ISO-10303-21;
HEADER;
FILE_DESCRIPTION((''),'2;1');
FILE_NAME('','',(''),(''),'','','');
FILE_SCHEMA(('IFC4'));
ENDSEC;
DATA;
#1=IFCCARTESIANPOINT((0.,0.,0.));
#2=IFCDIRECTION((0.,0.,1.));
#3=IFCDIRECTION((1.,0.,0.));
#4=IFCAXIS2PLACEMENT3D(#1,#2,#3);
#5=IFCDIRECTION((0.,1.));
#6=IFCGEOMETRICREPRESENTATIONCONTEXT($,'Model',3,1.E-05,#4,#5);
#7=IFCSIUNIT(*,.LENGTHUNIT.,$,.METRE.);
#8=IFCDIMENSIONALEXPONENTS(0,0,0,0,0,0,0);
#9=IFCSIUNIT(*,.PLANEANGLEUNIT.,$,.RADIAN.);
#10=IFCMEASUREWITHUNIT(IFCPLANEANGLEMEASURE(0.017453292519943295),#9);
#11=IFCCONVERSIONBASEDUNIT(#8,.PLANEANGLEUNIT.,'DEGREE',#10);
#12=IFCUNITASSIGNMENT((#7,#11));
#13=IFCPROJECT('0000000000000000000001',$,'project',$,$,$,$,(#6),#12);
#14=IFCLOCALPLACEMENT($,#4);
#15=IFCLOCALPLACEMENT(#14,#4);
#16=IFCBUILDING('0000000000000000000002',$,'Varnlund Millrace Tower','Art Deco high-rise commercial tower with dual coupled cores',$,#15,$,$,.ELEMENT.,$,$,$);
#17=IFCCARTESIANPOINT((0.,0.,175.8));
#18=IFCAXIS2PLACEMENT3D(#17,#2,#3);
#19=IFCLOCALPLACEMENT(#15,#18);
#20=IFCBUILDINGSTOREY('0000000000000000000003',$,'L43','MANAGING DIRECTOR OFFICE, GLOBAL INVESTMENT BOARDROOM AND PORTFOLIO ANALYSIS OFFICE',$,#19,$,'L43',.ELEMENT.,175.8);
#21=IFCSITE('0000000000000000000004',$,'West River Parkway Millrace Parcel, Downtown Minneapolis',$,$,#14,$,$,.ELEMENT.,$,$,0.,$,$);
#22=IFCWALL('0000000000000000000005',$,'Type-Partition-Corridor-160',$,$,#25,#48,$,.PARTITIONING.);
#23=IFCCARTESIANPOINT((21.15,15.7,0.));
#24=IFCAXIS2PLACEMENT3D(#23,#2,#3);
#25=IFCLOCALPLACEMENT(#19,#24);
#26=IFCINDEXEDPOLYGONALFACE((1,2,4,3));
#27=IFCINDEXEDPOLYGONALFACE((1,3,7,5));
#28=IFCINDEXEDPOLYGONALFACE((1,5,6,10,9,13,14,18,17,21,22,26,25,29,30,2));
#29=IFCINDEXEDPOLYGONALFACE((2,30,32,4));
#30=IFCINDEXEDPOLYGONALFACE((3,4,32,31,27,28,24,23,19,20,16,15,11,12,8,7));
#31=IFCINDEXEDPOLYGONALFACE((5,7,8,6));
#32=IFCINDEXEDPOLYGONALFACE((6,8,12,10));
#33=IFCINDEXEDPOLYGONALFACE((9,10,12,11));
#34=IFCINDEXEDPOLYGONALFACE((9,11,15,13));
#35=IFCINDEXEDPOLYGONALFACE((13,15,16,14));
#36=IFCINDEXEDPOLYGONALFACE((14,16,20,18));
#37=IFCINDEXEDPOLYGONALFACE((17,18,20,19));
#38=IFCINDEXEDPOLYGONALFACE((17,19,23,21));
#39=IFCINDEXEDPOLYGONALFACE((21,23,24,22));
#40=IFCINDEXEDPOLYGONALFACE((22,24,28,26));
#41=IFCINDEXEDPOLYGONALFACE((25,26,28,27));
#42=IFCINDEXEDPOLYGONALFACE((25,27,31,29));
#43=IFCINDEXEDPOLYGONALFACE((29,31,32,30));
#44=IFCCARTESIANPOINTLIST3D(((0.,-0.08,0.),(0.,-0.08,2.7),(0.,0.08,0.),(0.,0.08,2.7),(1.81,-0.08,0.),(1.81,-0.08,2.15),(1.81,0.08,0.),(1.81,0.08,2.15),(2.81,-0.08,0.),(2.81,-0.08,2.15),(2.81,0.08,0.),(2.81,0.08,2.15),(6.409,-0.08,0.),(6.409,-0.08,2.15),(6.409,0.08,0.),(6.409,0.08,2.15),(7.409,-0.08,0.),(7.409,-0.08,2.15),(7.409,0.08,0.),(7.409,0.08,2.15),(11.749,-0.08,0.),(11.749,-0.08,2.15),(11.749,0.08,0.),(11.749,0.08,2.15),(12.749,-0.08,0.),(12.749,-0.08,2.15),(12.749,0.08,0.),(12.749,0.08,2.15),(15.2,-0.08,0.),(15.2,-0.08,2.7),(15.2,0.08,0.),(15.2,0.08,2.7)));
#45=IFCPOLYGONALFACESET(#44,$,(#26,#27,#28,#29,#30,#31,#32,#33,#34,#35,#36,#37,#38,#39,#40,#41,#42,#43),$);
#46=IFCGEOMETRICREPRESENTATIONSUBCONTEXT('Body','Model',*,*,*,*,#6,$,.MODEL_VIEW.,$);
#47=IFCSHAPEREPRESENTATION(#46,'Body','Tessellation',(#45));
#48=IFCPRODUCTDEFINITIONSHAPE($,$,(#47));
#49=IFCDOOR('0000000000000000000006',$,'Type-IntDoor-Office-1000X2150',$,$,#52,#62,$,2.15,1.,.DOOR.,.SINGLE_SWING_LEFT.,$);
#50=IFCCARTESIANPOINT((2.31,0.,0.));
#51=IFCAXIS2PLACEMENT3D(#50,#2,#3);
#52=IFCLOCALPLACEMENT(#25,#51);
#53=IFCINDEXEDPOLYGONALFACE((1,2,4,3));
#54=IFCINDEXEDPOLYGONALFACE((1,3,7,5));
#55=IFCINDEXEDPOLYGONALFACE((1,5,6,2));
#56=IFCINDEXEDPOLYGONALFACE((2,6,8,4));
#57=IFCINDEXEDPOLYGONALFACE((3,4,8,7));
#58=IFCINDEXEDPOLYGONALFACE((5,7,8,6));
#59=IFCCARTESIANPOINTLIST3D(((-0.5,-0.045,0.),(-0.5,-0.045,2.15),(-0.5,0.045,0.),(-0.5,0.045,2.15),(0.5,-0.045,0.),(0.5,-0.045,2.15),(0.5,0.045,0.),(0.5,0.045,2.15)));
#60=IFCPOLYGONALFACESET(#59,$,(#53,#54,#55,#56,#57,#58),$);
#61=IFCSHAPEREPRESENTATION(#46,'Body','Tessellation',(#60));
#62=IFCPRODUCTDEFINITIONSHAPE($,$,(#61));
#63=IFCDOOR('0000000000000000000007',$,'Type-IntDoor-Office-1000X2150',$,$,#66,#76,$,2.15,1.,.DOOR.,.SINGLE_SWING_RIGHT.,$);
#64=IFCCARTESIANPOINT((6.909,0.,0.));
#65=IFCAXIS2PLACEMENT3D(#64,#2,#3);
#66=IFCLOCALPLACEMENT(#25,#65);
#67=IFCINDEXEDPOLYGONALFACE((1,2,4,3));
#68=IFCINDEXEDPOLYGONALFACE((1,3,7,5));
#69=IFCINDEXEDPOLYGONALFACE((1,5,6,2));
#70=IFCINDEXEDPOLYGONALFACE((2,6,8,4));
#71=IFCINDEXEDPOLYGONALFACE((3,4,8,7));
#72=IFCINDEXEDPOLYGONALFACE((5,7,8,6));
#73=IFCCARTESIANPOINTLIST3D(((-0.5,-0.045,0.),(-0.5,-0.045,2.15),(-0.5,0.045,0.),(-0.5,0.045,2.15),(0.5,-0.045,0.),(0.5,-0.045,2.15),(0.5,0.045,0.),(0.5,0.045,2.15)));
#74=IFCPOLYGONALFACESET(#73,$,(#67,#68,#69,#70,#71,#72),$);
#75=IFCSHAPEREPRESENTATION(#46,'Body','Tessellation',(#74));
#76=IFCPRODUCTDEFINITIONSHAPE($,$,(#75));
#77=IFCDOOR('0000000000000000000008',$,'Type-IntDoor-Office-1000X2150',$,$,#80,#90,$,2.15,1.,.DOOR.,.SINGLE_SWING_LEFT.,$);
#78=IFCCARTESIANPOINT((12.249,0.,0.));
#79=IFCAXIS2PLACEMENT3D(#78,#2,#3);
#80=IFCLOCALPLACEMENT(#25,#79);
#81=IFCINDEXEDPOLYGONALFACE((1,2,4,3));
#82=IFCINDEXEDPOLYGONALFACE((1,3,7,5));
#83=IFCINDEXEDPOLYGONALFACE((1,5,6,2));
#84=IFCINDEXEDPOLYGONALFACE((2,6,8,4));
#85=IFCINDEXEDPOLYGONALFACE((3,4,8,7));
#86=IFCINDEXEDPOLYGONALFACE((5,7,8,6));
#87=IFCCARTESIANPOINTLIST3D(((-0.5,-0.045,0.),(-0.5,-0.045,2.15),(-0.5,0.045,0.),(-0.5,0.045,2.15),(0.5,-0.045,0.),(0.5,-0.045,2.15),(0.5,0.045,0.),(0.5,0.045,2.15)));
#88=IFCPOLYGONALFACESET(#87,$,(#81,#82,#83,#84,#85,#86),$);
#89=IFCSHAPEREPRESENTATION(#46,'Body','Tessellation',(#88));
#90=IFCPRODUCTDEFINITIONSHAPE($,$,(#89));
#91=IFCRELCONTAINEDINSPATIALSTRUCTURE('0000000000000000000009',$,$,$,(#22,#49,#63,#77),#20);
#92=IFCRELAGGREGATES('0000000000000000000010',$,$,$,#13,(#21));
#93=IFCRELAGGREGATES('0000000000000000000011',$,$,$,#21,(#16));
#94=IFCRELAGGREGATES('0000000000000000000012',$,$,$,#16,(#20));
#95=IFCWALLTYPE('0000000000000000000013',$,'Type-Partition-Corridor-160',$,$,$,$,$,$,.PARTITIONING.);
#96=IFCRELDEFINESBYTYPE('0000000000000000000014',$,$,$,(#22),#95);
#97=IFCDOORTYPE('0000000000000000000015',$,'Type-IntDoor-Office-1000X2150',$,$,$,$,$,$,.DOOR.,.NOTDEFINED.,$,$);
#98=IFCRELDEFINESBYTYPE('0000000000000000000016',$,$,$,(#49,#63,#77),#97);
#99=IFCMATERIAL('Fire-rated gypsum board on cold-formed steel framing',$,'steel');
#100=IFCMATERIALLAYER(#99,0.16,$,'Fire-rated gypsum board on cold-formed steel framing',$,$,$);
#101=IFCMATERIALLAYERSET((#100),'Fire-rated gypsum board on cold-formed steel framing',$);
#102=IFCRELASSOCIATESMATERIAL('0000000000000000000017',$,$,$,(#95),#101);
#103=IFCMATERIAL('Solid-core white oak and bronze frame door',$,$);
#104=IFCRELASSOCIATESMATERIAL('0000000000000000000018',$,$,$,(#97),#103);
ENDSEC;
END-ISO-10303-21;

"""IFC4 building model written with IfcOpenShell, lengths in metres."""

from ifc_helpers import new_model, entity, si_unit, converted_unit, direction, frame, origin_with_axes, origin_2d_with_axis, place, context, subcontext, project, spatial, polyline, rectangle, outline, extrude, material, layer, layer_set, type_object, element, fill, save


model = new_model("IFC4")

# Units and contexts
model_context = context("Model", 3, precision=1e-05, world=origin_with_axes(), true_north=direction((0.0, 1.0)))
body_context = subcontext(model_context, "Body", "Model", "MODEL_VIEW")
ifc_project = project(units=[si_unit("LENGTHUNIT", "METRE"), converted_unit("PLANEANGLEUNIT", "DEGREE", entity("IfcPlaneAngleMeasure", 0.017453292519943295), si_unit("PLANEANGLEUNIT", "RADIAN"), dimensions=[0, 0, 0, 0, 0, 0, 0])], contexts=[model_context])

# Site, building, storey
site_placement = place(None, origin_with_axes())
site = spatial("IfcSite", under=ifc_project, at=site_placement, Name="West River Parkway Millrace Parcel, Downtown Minneapolis", CompositionType="ELEMENT", RefElevation=0.0)
building_placement = place(site_placement, origin_with_axes())
building = spatial("IfcBuilding", under=site, at=building_placement, Name="Varnlund Millrace Tower", Description="Art Deco high-rise commercial tower with dual coupled cores", CompositionType="ELEMENT")
storey_placement = place(building_placement, frame((0.0, 0.0, 175.8), z_axis=(0.0, 0.0, 1.0), x_axis=(1.0, 0.0, 0.0)))
storey = spatial("IfcBuildingStorey", under=building, at=storey_placement, Name="L43", Description="MANAGING DIRECTOR OFFICE, GLOBAL INVESTMENT BOARDROOM AND PORTFOLIO ANALYSIS OFFICE", LongName="L43", CompositionType="ELEMENT", Elevation=175.8)

# Shared definitions
ifc_material_1 = material(Name="Fire-rated gypsum board on cold-formed steel framing", Category="steel")
ifc_layer_1 = layer(ifc_material_1, 0.16, Name="Fire-rated gypsum board on cold-formed steel framing")
ifc_layer_set_1 = layer_set([ifc_layer_1], Name="Fire-rated gypsum board on cold-formed steel framing")
wall_type_1 = type_object("IfcWallType", Name="Type-Partition-Corridor-160", PredefinedType="PARTITIONING", material=ifc_layer_set_1)
ifc_material_2 = material(Name="Solid-core white oak and bronze frame door")
door_type_1 = type_object("IfcDoorType", Name="Type-IntDoor-Office-1000X2150", OperationType="NOTDEFINED", PredefinedType="DOOR", material=ifc_material_2)

# Wall, openings, doors
wall_1_placement = place(storey_placement, frame((21.15, 15.7, 0.0), z_axis=(0.0, 0.0, 1.0), x_axis=(1.0, 0.0, 0.0)))
wall_1 = element("IfcWall", 1, at=wall_1_placement, inside=storey, type_object=wall_type_1, Name="Type-Partition-Corridor-160", PredefinedType="PARTITIONING", context=body_context, shape_type="SweptSolid", body=[
    extrude(outline(polyline([(0.0, -0.08), (15.2, -0.08), (15.2, 0.08), (0.0, 0.08), (0.0, -0.08)])), origin_with_axes(), (0.0, 0.0, 1.0), 2.7),
])
opening_1_placement = place(wall_1_placement, frame((2.31, 0.0, 0.0), z_axis=(0.0, 0.0, 1.0), x_axis=(1.0, 0.0, 0.0)))
opening_1 = element("IfcOpeningElement", 2, at=opening_1_placement, cuts=wall_1, PredefinedType="OPENING", context=body_context, shape_type="SweptSolid", body=[
    extrude(rectangle(XDim=1.0, YDim=0.18, at=origin_2d_with_axis()), origin_with_axes(), (0.0, 0.0, 1.0), 2.15),
])
opening_2_placement = place(wall_1_placement, frame((6.909, 0.0, 0.0), z_axis=(0.0, 0.0, 1.0), x_axis=(1.0, 0.0, 0.0)))
opening_2 = element("IfcOpeningElement", 3, at=opening_2_placement, cuts=wall_1, PredefinedType="OPENING", context=body_context, shape_type="SweptSolid", body=[
    extrude(rectangle(XDim=1.0, YDim=0.18, at=origin_2d_with_axis()), origin_with_axes(), (0.0, 0.0, 1.0), 2.15),
])
opening_3_placement = place(wall_1_placement, frame((12.249, 0.0, 0.0), z_axis=(0.0, 0.0, 1.0), x_axis=(1.0, 0.0, 0.0)))
opening_3 = element("IfcOpeningElement", 4, at=opening_3_placement, cuts=wall_1, PredefinedType="OPENING", context=body_context, shape_type="SweptSolid", body=[
    extrude(rectangle(XDim=1.0, YDim=0.18, at=origin_2d_with_axis()), origin_with_axes(), (0.0, 0.0, 1.0), 2.15),
])
door_1_placement = place(wall_1_placement, frame((2.31, 0.0, 0.0), z_axis=(0.0, 0.0, 1.0), x_axis=(1.0, 0.0, 0.0)))
door_1 = element("IfcDoor", 5, at=door_1_placement, inside=storey, type_object=door_type_1, Name="Type-IntDoor-Office-1000X2150", OperationType="SINGLE_SWING_LEFT", OverallHeight=2.15, OverallWidth=1.0, PredefinedType="DOOR", context=body_context, shape_type="SweptSolid", body=[
    extrude(rectangle(XDim=1.0, YDim=0.09, at=origin_2d_with_axis()), origin_with_axes(), (0.0, 0.0, 1.0), 2.15),
])
fill(opening_1, door_1)
door_2_placement = place(wall_1_placement, frame((6.909, 0.0, 0.0), z_axis=(0.0, 0.0, 1.0), x_axis=(1.0, 0.0, 0.0)))
door_2 = element("IfcDoor", 6, at=door_2_placement, inside=storey, type_object=door_type_1, Name="Type-IntDoor-Office-1000X2150", OperationType="SINGLE_SWING_RIGHT", OverallHeight=2.15, OverallWidth=1.0, PredefinedType="DOOR", context=body_context, shape_type="SweptSolid", body=[
    extrude(rectangle(XDim=1.0, YDim=0.09, at=origin_2d_with_axis()), origin_with_axes(), (0.0, 0.0, 1.0), 2.15),
])
fill(opening_2, door_2)
door_3_placement = place(wall_1_placement, frame((12.249, 0.0, 0.0), z_axis=(0.0, 0.0, 1.0), x_axis=(1.0, 0.0, 0.0)))
door_3 = element("IfcDoor", 7, at=door_3_placement, inside=storey, type_object=door_type_1, Name="Type-IntDoor-Office-1000X2150", OperationType="SINGLE_SWING_LEFT", OverallHeight=2.15, OverallWidth=1.0, PredefinedType="DOOR", context=body_context, shape_type="SweptSolid", body=[
    extrude(rectangle(XDim=1.0, YDim=0.09, at=origin_2d_with_axis()), origin_with_axes(), (0.0, 0.0, 1.0), 2.15),
])
fill(opening_3, door_3)

save(model, "model.ifc")
